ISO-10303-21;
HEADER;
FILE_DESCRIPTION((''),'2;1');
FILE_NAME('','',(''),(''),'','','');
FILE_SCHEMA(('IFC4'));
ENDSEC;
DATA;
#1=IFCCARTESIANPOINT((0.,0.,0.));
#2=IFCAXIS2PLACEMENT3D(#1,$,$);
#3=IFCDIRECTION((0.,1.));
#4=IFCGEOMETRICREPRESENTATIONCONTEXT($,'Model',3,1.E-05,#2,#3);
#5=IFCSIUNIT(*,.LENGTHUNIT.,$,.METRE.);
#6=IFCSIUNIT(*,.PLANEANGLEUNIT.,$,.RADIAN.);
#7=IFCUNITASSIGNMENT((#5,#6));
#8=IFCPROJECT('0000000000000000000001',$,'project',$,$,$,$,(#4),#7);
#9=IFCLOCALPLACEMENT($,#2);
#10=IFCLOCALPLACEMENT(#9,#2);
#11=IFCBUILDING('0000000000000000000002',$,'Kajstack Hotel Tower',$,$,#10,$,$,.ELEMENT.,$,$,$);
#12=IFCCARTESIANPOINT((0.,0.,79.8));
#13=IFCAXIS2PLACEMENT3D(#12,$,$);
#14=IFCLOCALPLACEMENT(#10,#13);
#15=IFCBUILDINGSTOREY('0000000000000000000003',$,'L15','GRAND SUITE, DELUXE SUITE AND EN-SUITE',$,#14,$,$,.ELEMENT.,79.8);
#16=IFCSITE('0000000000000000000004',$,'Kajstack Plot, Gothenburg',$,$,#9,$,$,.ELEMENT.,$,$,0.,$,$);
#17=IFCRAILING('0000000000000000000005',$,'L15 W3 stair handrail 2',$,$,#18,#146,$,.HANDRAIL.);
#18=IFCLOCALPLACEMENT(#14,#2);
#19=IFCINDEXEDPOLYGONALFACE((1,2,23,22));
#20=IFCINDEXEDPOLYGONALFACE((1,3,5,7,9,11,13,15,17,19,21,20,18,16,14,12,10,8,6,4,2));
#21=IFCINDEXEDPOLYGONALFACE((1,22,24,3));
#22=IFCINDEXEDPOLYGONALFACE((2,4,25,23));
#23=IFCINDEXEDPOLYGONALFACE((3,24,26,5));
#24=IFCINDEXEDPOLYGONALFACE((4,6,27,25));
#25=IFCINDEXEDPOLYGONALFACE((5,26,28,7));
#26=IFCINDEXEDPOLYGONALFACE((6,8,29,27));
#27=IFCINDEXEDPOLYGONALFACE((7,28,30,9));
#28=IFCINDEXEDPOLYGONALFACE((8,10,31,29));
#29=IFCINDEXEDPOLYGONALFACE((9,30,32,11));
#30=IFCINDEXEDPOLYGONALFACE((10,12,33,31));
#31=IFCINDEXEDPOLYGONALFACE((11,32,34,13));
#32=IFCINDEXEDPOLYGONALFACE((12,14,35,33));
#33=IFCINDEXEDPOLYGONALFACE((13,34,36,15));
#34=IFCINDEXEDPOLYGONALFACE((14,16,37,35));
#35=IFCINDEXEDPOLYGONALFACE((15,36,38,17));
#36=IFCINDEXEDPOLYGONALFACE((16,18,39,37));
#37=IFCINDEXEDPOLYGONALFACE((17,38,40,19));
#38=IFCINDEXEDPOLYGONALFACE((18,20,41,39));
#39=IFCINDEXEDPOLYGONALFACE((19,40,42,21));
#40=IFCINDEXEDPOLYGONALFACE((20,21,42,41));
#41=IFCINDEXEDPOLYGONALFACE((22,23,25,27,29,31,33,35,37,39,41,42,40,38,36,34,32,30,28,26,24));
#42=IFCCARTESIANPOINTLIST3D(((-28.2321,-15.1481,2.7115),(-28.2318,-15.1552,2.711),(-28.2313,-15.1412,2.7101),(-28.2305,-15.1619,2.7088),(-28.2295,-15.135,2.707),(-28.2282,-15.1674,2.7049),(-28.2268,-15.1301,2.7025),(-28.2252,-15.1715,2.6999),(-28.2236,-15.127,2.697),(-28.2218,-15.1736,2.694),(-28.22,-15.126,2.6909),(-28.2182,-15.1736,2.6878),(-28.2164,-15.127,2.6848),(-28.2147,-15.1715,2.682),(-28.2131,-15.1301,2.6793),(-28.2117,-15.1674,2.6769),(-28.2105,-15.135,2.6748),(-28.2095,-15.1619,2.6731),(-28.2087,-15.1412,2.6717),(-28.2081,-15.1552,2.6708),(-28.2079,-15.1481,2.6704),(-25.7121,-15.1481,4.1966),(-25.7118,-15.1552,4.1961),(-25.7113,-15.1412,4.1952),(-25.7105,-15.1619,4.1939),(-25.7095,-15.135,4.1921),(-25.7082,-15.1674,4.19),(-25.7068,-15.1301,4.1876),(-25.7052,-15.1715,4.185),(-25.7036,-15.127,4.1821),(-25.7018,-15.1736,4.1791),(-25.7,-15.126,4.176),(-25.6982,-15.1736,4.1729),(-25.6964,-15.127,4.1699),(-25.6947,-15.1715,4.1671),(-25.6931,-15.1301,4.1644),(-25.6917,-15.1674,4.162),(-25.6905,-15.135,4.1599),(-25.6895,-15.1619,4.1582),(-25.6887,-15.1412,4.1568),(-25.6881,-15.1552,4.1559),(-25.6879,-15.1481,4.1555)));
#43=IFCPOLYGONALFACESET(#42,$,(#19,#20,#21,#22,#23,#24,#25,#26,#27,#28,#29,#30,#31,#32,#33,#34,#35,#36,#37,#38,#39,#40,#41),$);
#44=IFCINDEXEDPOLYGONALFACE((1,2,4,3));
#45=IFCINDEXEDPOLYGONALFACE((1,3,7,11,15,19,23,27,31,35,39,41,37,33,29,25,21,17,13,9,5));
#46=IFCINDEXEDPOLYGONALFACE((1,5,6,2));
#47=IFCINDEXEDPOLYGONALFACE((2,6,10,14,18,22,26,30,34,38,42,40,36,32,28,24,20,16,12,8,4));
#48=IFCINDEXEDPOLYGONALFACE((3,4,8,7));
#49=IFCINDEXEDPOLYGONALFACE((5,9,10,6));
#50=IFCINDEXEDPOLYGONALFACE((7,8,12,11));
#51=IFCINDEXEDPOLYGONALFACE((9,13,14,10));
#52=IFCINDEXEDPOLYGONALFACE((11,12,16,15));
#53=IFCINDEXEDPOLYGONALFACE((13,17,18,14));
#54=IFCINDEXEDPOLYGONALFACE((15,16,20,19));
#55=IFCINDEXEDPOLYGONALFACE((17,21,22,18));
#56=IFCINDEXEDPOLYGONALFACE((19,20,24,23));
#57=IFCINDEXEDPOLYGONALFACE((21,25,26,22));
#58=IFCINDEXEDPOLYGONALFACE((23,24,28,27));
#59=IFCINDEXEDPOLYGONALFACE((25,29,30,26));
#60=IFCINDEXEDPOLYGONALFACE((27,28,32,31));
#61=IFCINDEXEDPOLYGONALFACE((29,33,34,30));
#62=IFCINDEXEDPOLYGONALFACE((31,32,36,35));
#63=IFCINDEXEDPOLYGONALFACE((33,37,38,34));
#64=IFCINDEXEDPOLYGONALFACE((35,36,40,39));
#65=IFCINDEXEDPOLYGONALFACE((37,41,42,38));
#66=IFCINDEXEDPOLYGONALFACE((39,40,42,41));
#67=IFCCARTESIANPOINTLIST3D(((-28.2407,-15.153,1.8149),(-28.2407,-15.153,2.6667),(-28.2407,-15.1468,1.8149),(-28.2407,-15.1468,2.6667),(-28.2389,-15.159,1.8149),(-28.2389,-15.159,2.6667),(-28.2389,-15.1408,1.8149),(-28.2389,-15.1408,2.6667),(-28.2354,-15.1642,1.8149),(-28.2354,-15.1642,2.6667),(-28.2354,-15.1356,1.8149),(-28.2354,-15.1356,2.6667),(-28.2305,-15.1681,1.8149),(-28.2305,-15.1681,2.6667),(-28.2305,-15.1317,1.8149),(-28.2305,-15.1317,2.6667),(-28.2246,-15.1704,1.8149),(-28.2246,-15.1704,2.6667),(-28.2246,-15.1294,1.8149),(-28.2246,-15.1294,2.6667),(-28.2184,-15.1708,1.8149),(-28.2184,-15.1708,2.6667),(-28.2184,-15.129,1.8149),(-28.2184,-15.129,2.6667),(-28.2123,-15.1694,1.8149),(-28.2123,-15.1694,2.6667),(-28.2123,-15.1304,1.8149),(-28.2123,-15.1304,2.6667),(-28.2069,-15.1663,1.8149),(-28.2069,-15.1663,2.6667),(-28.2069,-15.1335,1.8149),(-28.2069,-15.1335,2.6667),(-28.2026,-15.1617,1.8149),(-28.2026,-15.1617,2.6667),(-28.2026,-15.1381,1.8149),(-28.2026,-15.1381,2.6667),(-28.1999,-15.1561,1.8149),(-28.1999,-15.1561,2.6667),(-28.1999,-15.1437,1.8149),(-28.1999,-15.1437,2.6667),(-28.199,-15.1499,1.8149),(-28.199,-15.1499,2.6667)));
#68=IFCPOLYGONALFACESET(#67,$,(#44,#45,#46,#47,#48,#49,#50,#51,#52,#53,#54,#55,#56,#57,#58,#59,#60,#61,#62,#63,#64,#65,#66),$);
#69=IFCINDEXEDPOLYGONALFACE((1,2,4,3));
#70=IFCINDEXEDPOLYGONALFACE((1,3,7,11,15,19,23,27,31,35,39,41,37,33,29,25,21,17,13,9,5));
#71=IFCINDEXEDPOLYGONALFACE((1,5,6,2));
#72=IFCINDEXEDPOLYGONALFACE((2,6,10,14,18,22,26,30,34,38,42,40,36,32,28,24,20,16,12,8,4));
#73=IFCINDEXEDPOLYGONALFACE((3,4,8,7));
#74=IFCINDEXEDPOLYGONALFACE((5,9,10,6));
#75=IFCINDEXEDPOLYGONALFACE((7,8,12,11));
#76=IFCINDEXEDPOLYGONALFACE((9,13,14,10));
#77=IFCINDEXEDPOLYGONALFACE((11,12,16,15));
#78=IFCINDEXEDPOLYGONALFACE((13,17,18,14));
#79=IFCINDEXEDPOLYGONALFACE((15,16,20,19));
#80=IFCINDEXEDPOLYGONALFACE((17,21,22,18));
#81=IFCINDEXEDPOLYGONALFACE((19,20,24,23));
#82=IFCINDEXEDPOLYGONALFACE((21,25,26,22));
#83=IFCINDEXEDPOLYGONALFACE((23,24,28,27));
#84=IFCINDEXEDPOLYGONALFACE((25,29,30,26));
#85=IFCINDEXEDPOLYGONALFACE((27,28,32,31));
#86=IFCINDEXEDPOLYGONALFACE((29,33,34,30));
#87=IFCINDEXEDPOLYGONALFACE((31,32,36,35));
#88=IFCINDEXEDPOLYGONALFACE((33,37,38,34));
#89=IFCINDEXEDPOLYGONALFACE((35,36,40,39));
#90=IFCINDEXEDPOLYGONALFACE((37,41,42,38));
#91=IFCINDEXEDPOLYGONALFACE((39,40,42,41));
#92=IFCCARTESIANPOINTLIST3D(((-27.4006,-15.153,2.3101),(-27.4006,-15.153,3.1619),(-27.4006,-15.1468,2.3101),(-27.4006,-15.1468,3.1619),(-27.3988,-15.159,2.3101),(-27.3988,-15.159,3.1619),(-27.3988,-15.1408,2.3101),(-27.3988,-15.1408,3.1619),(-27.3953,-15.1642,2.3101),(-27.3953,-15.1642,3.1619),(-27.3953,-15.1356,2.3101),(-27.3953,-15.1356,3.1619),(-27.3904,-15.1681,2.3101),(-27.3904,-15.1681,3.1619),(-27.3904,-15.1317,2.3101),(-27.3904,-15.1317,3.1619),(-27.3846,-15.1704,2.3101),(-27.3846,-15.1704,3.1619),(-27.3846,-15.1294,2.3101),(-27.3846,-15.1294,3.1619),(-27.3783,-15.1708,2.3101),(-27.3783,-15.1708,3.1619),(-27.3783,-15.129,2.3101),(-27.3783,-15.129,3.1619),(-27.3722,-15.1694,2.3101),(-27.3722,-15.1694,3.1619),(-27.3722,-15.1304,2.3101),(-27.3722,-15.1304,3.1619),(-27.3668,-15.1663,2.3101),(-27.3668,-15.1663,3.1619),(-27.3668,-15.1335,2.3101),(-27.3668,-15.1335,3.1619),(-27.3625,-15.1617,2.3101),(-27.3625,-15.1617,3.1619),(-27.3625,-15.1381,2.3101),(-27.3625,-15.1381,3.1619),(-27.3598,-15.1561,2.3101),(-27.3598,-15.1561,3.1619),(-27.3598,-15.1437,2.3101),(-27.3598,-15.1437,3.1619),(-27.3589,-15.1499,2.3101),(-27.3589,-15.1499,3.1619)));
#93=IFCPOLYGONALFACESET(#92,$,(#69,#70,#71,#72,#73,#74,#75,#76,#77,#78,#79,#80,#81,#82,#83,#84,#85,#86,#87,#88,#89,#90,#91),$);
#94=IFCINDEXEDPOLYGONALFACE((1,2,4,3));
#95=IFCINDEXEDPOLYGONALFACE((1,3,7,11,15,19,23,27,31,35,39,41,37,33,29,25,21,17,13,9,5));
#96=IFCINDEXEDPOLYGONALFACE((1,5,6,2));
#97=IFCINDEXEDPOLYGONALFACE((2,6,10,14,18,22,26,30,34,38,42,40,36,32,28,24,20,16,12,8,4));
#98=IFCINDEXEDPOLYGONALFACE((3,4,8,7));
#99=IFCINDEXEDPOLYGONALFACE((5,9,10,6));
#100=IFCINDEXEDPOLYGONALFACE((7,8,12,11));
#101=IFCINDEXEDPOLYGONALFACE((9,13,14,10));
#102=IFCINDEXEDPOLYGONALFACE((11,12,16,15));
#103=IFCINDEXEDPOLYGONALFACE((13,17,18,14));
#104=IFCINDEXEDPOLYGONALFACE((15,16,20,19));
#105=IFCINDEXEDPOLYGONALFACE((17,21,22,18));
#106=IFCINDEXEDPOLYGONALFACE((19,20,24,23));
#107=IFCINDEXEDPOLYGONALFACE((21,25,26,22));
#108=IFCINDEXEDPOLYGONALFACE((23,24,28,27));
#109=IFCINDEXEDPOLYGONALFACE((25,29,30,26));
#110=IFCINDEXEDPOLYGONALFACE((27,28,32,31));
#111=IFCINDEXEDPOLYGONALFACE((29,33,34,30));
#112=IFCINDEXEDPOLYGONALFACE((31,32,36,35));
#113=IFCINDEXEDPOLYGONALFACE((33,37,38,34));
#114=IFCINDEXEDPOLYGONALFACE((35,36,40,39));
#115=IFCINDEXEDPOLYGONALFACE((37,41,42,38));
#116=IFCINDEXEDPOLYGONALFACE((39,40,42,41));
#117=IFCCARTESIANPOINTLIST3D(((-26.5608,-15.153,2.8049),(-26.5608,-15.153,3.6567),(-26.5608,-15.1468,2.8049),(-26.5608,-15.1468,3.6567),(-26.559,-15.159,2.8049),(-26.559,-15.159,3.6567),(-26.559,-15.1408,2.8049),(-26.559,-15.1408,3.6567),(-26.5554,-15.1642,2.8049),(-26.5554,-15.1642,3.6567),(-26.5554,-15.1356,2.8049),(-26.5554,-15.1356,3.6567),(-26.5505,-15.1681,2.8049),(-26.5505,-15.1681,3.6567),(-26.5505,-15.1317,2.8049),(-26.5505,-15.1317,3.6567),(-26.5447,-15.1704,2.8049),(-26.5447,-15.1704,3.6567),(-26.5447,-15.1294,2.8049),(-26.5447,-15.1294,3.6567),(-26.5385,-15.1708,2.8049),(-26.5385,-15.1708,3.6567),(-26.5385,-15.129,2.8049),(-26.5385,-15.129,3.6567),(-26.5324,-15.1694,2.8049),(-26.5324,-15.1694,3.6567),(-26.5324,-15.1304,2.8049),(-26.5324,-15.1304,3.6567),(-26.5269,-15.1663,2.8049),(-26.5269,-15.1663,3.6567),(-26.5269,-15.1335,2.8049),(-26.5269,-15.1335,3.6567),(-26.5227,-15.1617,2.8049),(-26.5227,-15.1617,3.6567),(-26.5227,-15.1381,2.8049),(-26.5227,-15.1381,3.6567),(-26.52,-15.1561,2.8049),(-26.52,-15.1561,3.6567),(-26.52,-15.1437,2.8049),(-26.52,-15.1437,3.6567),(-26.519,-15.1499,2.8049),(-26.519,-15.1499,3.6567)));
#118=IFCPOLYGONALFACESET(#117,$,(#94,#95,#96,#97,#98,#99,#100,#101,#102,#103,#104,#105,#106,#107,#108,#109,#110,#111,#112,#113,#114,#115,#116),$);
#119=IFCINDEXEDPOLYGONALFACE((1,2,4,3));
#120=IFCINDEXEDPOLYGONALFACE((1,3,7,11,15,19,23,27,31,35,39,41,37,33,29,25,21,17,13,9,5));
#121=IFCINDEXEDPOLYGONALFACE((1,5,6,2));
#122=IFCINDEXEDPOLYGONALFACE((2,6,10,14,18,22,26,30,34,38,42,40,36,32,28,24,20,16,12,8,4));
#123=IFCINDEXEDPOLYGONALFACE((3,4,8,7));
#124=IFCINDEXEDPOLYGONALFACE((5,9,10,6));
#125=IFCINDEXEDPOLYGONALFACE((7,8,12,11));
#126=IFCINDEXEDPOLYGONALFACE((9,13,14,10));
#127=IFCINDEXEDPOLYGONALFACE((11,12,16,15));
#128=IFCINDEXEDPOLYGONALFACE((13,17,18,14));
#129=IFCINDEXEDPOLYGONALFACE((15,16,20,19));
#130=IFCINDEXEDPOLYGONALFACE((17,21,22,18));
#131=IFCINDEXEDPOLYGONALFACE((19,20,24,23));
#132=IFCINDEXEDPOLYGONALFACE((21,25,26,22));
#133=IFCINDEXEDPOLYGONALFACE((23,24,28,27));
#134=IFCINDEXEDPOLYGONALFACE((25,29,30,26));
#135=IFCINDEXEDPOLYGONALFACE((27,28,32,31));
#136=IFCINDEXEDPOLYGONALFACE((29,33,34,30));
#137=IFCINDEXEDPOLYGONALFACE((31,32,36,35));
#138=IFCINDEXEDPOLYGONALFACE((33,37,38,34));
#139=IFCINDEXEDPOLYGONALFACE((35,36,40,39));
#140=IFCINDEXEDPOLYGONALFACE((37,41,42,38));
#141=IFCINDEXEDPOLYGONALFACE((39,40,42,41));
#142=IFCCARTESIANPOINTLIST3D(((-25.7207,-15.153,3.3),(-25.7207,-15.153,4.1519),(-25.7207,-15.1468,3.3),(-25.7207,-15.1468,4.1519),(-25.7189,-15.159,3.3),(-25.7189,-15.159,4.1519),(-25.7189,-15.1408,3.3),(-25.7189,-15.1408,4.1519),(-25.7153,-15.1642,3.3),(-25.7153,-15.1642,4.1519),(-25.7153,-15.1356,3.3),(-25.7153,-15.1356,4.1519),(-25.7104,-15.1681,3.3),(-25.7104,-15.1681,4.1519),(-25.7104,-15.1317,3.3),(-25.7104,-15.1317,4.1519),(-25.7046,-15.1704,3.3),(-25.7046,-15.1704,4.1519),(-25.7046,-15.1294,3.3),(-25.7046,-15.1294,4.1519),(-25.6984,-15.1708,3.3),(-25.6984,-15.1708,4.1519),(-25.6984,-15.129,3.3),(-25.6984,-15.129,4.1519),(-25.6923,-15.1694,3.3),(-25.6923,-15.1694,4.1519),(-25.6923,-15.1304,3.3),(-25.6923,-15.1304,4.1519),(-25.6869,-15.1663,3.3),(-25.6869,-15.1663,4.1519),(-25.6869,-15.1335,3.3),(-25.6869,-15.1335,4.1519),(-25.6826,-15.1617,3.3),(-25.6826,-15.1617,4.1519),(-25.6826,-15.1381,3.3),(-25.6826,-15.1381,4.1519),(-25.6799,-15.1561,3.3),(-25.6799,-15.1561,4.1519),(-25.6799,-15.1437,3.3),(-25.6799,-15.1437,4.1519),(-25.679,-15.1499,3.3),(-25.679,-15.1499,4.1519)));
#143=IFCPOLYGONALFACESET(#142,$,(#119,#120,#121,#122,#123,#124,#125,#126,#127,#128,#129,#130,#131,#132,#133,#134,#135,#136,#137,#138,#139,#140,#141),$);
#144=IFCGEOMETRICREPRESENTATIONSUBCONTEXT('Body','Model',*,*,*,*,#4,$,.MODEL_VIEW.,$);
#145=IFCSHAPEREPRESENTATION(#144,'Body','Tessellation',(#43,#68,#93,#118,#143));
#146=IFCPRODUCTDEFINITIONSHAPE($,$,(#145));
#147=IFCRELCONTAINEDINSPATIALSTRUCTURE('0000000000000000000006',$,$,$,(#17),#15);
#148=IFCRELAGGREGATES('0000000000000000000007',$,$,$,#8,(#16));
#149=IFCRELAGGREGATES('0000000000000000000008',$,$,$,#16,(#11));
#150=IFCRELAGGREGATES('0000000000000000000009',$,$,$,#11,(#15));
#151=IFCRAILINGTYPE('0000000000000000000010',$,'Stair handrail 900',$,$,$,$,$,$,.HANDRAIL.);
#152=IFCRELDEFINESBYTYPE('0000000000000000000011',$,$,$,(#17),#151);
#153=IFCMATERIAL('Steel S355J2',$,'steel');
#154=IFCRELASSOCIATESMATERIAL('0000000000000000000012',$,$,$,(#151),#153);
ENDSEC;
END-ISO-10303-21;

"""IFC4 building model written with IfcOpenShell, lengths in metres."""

from ifc_helpers import new_model, si_unit, direction, frame, origin, origin_2d, place, context, subcontext, project, spatial, circle, extrude, material, type_object, element, save


model = new_model("IFC4")

# Units and contexts
model_context = context("Model", 3, precision=1e-05, world=origin(), true_north=direction((0.0, 1.0)))
body_context = subcontext(model_context, "Body", "Model", "MODEL_VIEW")
ifc_project = project(units=[si_unit("LENGTHUNIT", "METRE"), si_unit("PLANEANGLEUNIT", "RADIAN")], contexts=[model_context])

# Site, building, storey
site_placement = place(None, origin())
site = spatial("IfcSite", under=ifc_project, at=site_placement, Name="Kajstack Plot, Gothenburg", CompositionType="ELEMENT", RefElevation=0.0)
building_placement = place(site_placement, origin())
building = spatial("IfcBuilding", under=site, at=building_placement, Name="Kajstack Hotel Tower", CompositionType="ELEMENT")
storey_placement = place(building_placement, frame((0.0, 0.0, 79.8)))
storey = spatial("IfcBuildingStorey", under=building, at=storey_placement, Name="L15", Description="GRAND SUITE, DELUXE SUITE AND EN-SUITE", CompositionType="ELEMENT", Elevation=79.8)

# Railing
ifc_material_1 = material(Name="Steel S355J2", Category="steel")
railing_type = type_object("IfcRailingType", Name="Stair handrail 900", PredefinedType="HANDRAIL", material=ifc_material_1)
railing_1_placement = place(storey_placement, frame((-28.22, -15.1499, 1.8149)))
element("IfcRailing", 1, at=railing_1_placement, inside=storey, type_object=railing_type, Name="L15 W3 stair handrail 2", PredefinedType="HANDRAIL", context=body_context, shape_type="SweptSolid", body=[
    extrude(circle(Radius=0.0239, at=origin_2d()), frame((0.0, 0.0, 0.876), z_axis=(0.861524, 0.0, 0.507717), x_axis=(0.0, 1.0, 0.0)), (0.0, 0.0, 1.0), 2.925),
    extrude(circle(Radius=0.021, at=origin_2d()), origin(), (0.0, 0.0, 1.0), 0.8518),
    extrude(circle(Radius=0.021, at=origin_2d()), frame((0.8401, 0.0, 0.4951)), (0.0, 0.0, 1.0), 0.8518),
    extrude(circle(Radius=0.021, at=origin_2d()), frame((1.6799, 0.0, 0.99)), (0.0, 0.0, 1.0), 0.8518),
    extrude(circle(Radius=0.021, at=origin_2d()), frame((2.52, 0.0, 1.4851)), (0.0, 0.0, 1.0), 0.8518),
])

save(model, "model.ifc")
